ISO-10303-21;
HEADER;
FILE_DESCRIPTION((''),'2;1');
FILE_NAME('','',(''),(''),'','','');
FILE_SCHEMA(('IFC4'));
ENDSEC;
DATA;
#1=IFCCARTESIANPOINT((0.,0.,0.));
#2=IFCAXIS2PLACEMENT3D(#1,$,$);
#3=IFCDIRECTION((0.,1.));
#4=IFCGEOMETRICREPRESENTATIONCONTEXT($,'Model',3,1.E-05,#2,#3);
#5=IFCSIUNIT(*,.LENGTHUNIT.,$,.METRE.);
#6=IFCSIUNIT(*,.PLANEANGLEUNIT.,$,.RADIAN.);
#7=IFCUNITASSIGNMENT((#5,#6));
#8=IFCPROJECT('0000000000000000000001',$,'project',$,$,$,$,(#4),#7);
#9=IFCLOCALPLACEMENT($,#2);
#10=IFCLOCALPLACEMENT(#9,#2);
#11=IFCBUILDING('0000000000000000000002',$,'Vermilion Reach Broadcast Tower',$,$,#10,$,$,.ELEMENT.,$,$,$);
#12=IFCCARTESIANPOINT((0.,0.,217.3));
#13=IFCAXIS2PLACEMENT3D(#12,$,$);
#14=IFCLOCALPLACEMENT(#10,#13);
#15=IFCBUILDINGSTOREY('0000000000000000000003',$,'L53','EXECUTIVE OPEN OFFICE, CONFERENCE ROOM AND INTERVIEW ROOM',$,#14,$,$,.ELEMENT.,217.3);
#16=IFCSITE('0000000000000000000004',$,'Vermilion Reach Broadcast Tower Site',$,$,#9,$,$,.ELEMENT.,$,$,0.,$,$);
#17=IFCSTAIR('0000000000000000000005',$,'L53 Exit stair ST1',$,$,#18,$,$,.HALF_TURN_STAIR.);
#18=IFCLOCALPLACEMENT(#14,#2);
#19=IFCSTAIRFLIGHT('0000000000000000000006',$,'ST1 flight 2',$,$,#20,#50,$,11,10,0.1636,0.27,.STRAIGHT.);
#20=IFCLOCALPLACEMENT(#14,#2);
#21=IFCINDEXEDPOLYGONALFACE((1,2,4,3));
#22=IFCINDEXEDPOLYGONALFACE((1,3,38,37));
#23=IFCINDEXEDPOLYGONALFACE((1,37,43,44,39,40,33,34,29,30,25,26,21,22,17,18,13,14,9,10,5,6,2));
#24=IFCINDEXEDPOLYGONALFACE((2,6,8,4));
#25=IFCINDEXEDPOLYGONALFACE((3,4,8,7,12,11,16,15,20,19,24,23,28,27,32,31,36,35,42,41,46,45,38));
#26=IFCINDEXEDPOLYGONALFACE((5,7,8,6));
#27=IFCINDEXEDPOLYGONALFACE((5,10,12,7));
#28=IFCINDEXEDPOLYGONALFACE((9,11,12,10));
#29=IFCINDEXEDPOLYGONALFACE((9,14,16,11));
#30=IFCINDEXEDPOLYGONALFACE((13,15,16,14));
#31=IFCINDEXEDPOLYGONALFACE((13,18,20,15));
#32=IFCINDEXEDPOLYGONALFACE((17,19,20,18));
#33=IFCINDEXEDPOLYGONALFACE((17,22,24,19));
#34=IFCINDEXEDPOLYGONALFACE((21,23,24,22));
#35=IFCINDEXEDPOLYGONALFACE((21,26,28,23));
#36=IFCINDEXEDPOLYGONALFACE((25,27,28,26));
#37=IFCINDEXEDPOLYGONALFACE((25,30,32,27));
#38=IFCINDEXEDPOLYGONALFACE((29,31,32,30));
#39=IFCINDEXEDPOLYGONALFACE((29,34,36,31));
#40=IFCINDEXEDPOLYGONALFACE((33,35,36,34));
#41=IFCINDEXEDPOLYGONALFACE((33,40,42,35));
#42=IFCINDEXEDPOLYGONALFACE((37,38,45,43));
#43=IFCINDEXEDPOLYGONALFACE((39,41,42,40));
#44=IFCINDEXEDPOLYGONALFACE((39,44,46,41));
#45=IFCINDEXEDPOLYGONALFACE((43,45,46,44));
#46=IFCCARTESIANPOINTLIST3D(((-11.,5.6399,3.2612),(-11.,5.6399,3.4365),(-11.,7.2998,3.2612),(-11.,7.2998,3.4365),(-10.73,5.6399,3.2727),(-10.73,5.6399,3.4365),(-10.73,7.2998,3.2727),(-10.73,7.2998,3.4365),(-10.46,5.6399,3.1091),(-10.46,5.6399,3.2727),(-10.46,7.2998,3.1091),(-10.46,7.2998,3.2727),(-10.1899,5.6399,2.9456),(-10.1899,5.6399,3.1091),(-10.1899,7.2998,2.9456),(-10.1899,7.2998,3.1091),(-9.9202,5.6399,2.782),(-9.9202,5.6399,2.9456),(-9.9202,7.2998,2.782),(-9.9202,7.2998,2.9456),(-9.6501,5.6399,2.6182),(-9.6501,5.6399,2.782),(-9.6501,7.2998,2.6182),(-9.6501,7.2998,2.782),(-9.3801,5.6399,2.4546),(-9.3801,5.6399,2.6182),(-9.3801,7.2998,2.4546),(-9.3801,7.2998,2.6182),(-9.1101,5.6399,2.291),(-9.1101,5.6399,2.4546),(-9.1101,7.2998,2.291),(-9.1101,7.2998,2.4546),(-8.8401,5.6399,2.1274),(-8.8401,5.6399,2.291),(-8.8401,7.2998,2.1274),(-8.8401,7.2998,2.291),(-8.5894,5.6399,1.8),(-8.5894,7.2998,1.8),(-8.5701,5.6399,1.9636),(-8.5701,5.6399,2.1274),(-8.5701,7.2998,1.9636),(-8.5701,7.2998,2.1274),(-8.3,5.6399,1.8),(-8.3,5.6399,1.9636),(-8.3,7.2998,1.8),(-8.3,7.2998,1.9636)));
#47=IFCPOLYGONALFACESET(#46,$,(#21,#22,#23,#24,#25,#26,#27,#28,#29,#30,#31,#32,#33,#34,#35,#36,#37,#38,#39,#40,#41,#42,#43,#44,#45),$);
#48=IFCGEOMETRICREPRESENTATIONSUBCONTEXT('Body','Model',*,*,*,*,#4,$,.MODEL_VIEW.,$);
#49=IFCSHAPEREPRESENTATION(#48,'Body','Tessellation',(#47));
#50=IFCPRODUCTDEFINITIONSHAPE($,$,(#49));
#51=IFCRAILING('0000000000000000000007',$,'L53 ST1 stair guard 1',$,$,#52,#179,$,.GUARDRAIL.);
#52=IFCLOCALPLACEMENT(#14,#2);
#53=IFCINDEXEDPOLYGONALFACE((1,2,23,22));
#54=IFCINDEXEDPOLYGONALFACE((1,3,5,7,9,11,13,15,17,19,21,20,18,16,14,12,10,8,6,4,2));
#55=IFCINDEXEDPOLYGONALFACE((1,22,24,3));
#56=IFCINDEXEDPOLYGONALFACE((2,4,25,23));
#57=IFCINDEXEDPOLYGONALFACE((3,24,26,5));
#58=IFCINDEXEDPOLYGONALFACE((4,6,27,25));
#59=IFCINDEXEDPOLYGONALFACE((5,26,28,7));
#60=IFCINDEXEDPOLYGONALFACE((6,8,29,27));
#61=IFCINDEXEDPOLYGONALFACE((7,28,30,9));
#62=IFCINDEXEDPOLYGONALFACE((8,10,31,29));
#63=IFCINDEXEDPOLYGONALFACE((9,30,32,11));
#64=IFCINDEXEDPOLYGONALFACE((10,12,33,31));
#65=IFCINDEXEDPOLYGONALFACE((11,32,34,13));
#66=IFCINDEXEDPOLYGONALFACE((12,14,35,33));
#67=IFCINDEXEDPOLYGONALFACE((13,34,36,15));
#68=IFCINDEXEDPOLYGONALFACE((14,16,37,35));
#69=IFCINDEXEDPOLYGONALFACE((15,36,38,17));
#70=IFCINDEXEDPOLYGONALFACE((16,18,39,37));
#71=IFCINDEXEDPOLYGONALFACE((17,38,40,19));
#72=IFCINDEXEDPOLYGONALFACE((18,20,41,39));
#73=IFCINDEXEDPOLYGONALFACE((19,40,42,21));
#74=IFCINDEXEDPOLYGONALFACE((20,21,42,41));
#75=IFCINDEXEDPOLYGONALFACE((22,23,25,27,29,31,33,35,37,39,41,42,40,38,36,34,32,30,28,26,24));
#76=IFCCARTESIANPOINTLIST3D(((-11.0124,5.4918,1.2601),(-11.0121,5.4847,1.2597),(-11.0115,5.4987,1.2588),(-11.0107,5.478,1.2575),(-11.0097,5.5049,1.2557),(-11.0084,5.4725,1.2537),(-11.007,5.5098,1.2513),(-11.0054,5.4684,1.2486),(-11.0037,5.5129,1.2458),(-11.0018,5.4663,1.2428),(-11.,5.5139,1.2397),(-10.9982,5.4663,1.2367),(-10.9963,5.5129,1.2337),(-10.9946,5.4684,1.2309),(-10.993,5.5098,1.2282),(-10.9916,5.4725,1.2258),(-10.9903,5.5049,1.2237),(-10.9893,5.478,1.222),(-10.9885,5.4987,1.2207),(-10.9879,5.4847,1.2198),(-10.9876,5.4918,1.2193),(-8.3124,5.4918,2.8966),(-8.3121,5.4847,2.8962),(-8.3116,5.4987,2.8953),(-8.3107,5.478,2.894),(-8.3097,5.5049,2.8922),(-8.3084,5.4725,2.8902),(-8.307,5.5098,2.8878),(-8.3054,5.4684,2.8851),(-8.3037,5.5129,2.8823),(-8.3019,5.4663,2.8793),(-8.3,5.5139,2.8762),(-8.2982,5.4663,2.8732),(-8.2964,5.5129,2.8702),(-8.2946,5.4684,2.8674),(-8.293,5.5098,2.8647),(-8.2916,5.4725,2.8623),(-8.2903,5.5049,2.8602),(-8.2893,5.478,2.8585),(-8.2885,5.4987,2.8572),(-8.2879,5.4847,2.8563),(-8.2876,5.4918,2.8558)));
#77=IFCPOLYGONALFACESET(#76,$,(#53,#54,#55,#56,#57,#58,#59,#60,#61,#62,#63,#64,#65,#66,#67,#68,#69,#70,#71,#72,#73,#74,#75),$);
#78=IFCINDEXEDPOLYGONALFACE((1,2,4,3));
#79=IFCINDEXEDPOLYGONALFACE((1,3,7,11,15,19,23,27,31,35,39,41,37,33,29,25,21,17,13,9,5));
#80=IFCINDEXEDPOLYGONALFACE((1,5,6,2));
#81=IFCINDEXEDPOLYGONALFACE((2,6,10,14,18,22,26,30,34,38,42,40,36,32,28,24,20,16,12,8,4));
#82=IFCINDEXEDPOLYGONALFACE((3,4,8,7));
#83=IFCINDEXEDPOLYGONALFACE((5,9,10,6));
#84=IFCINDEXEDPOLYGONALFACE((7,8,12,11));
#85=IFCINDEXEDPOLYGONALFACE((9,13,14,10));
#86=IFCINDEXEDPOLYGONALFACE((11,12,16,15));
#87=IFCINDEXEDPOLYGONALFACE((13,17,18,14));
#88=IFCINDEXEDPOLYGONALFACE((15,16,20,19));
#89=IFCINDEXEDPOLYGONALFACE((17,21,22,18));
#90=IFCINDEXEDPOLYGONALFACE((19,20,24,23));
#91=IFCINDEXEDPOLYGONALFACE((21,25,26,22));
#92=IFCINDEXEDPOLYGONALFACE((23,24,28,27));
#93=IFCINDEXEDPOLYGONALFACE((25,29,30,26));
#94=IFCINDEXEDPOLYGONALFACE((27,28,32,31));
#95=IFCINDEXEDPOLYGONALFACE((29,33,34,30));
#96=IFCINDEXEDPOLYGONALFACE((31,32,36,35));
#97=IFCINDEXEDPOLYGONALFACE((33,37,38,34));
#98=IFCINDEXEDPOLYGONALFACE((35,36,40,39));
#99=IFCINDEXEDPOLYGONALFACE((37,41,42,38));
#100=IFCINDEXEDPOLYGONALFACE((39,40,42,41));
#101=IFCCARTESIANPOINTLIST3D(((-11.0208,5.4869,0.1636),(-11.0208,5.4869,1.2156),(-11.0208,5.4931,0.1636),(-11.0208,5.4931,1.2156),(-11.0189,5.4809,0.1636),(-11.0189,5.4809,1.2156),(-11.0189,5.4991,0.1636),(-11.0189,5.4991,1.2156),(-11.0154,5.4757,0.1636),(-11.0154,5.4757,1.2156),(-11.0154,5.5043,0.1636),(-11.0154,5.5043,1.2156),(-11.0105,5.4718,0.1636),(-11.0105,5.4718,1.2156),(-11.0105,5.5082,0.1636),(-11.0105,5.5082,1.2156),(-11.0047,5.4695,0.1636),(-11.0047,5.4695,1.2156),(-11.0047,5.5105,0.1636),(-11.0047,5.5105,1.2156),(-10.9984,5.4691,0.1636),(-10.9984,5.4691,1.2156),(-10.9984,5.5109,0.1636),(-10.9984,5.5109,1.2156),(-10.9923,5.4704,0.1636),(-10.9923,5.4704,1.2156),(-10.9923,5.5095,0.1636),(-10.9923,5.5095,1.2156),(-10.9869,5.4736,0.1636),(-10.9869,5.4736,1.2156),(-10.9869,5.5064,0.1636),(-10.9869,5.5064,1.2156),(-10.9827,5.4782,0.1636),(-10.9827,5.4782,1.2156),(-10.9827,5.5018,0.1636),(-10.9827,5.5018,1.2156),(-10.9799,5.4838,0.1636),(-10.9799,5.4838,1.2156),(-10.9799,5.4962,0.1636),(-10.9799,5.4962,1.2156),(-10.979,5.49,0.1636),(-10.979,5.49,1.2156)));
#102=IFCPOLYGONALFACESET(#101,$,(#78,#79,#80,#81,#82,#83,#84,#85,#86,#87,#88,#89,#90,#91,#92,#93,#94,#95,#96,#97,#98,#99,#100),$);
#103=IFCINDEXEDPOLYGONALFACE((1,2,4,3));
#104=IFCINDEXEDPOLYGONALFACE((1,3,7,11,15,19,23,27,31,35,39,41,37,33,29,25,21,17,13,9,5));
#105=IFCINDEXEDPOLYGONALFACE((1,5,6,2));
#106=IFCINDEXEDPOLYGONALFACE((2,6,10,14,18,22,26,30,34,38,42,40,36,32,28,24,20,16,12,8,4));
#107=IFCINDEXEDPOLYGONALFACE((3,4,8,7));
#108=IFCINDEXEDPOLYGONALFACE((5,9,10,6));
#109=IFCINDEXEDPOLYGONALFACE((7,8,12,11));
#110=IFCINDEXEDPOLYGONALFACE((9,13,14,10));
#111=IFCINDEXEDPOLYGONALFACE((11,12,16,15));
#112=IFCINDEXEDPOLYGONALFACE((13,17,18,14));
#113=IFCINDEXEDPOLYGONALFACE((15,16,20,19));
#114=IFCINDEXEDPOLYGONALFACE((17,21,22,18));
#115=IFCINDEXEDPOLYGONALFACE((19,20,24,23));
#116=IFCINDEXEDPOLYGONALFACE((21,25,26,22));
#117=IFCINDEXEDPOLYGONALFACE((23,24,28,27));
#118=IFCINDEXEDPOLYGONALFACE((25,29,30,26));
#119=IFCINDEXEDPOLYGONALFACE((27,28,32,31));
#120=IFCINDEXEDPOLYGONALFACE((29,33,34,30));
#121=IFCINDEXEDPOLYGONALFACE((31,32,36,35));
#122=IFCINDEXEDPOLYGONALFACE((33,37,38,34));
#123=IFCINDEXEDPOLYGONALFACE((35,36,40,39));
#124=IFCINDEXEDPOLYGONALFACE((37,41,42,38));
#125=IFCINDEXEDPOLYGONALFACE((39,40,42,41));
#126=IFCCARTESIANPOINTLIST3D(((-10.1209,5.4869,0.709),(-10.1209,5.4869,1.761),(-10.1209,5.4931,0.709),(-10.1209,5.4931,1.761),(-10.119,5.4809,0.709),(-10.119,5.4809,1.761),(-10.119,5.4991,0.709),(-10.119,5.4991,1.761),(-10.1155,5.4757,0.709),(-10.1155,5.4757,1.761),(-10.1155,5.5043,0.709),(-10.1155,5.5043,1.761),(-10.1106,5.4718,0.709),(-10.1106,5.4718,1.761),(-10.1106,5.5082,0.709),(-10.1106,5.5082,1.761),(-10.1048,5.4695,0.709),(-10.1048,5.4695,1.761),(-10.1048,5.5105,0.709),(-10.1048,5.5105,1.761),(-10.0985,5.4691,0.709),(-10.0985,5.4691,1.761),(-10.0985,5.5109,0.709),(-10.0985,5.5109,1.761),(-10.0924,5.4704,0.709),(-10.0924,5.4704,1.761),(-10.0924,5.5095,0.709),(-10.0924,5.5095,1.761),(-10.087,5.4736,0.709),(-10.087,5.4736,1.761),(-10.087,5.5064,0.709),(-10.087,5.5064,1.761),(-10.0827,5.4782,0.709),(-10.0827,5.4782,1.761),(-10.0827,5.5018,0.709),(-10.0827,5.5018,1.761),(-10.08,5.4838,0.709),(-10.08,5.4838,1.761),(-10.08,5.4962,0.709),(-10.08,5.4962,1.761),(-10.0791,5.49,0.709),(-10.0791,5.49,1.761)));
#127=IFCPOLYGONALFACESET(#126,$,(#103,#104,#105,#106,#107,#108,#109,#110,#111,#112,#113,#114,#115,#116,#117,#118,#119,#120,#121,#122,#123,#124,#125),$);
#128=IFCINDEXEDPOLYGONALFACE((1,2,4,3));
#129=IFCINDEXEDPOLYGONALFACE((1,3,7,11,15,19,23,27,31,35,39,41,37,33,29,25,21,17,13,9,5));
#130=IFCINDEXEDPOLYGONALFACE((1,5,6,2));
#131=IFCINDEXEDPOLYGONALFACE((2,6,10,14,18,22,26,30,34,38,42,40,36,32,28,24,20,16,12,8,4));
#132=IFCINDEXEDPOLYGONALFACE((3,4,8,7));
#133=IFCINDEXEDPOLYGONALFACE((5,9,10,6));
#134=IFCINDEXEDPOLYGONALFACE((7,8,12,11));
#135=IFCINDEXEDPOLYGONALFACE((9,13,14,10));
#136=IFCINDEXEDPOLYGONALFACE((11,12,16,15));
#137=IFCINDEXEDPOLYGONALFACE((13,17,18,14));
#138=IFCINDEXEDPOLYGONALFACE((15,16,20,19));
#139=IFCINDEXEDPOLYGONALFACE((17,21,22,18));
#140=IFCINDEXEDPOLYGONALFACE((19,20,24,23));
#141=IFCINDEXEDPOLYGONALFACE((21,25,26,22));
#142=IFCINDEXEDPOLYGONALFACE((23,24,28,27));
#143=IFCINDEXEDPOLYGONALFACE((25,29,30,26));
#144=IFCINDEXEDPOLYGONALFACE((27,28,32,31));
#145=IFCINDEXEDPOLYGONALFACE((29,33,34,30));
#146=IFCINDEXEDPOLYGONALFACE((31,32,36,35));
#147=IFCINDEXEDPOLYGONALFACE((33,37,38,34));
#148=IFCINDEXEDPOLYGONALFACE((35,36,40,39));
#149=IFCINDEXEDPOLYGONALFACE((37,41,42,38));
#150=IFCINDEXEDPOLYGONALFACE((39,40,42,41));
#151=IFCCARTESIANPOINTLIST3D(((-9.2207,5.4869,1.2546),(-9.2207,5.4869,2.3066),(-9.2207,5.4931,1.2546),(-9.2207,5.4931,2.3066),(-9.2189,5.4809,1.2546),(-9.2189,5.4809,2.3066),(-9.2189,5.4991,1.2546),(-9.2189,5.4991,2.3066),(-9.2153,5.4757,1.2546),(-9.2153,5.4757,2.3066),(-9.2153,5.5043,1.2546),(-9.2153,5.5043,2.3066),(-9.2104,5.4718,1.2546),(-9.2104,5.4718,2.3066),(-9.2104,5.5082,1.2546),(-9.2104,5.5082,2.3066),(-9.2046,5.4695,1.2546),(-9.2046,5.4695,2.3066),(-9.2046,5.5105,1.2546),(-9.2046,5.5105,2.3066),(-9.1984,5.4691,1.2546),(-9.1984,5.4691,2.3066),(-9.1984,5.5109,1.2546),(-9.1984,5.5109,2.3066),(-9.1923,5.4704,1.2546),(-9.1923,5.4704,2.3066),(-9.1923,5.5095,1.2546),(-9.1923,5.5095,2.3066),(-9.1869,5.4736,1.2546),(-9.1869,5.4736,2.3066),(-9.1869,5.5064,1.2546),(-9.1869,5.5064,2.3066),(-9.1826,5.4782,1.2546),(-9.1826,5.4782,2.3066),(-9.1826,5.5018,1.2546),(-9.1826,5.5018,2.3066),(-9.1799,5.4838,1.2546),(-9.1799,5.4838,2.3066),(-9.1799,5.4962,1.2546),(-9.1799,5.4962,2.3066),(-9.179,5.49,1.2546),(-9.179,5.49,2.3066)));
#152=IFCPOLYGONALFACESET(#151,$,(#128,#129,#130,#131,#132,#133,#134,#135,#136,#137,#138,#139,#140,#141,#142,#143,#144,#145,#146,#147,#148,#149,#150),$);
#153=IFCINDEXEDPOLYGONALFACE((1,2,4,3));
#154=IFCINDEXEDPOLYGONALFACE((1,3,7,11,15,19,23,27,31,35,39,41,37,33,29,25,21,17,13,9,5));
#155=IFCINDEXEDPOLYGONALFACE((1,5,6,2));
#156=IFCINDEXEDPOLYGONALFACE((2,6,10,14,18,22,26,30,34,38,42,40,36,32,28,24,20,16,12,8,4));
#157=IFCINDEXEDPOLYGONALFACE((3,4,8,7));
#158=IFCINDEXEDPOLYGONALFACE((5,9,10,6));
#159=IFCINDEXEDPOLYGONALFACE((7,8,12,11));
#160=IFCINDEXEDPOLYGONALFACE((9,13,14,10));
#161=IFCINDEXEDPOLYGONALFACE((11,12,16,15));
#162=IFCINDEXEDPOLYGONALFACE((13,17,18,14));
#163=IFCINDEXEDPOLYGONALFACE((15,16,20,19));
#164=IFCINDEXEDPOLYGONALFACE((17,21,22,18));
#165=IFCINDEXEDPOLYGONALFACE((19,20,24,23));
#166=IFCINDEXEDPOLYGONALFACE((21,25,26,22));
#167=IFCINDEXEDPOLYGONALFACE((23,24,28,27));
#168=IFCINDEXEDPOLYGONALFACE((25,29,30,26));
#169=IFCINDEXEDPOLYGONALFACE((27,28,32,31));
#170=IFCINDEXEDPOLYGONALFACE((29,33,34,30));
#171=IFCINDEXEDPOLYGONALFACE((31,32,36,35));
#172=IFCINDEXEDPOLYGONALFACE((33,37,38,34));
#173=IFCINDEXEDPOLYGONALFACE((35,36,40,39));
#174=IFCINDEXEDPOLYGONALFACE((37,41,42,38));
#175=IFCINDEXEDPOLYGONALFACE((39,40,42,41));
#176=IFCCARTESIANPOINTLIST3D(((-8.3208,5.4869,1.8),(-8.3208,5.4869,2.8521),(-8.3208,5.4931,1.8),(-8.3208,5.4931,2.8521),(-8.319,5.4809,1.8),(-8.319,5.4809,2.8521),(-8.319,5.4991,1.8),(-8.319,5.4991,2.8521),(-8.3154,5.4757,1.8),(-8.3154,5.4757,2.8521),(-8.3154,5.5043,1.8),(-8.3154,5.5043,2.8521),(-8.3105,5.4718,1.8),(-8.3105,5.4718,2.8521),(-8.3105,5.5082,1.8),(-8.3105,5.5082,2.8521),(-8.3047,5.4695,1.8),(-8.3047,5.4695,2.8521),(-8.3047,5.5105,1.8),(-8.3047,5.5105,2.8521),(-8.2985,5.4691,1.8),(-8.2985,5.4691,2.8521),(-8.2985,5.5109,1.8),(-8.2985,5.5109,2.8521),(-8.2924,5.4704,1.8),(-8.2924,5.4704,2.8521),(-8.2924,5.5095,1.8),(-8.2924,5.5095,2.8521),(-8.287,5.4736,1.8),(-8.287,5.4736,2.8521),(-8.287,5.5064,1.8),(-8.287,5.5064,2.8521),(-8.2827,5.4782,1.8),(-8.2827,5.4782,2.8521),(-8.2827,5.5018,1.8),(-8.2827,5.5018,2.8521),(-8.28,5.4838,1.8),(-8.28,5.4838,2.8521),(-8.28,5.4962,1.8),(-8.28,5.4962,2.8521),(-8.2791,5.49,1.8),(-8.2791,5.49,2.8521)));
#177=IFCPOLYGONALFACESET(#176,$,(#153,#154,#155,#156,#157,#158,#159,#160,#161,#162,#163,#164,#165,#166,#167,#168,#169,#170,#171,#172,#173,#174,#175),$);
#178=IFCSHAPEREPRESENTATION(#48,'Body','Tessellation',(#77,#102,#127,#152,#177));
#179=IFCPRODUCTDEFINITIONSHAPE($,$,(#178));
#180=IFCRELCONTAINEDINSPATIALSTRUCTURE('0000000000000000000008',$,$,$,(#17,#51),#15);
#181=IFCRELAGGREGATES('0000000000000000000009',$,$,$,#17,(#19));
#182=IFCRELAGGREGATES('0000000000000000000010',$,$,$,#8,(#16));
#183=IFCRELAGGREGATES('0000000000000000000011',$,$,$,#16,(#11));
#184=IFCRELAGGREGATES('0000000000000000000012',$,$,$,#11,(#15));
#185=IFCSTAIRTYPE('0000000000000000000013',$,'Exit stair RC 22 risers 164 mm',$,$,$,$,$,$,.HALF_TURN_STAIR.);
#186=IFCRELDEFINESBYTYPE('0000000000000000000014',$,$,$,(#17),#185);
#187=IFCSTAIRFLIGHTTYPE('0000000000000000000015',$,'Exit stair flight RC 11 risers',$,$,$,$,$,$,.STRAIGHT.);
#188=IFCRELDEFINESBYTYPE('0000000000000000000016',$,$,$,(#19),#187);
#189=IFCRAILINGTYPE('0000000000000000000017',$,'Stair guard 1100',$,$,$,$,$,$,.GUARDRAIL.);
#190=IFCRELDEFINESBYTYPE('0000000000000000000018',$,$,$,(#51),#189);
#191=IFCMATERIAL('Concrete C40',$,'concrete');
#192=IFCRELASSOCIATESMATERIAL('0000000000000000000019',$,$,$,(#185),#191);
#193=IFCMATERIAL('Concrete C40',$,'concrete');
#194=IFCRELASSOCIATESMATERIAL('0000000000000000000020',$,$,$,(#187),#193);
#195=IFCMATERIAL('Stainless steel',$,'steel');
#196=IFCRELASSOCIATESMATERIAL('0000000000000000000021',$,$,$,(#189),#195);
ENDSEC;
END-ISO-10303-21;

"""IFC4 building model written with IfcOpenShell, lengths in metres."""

from ifc_helpers import new_model, si_unit, direction, frame, origin, origin_2d, place, context, subcontext, project, spatial, polyline, circle, outline, extrude, material, type_object, element, aggregate, save


model = new_model("IFC4")

# Units and contexts
model_context = context("Model", 3, precision=1e-05, world=origin(), true_north=direction((0.0, 1.0)))
body_context = subcontext(model_context, "Body", "Model", "MODEL_VIEW")
ifc_project = project(units=[si_unit("LENGTHUNIT", "METRE"), si_unit("PLANEANGLEUNIT", "RADIAN")], contexts=[model_context])

# Site, building, storey
site_placement = place(None, origin())
site = spatial("IfcSite", under=ifc_project, at=site_placement, Name="Vermilion Reach Broadcast Tower Site", CompositionType="ELEMENT", RefElevation=0.0)
building_placement = place(site_placement, origin())
building = spatial("IfcBuilding", under=site, at=building_placement, Name="Vermilion Reach Broadcast Tower", CompositionType="ELEMENT")
storey_placement = place(building_placement, frame((0.0, 0.0, 217.3)))
storey = spatial("IfcBuildingStorey", under=building, at=storey_placement, Name="L53", Description="EXECUTIVE OPEN OFFICE, CONFERENCE ROOM AND INTERVIEW ROOM", CompositionType="ELEMENT", Elevation=217.3)

# Stair, stair flight
ifc_material_1 = material(Name="Concrete C40", Category="concrete")
stair_type = type_object("IfcStairType", Name="Exit stair RC 22 risers 164 mm", PredefinedType="HALF_TURN_STAIR", material=ifc_material_1)
stair_placement = place(storey_placement, origin())
stair = element("IfcStair", 1, at=stair_placement, inside=storey, type_object=stair_type, Name="L53 Exit stair ST1", PredefinedType="HALF_TURN_STAIR")
ifc_material_2 = material(Name="Concrete C40", Category="concrete")
stair_flight_type = type_object("IfcStairFlightType", Name="Exit stair flight RC 11 risers", PredefinedType="STRAIGHT", material=ifc_material_2)
stair_flight_1_placement = place(storey_placement, frame((-8.3, 6.47, 1.8), z_axis=(0.0, 0.0, 1.0), x_axis=(-1.0, 0.0, 0.0)))
stair_flight_1 = element("IfcStairFlight", 2, at=stair_flight_1_placement, type_object=stair_flight_type, Name="ST1 flight 2", NumberOfRisers=11, NumberOfTreads=10, PredefinedType="STRAIGHT", RiserHeight=0.1636, TreadLength=0.27, context=body_context, shape_type="SweptSolid", body=[
    extrude(outline(polyline([(0.0, 0.0), (0.0, 0.1636), (0.27, 0.1636), (0.27, 0.3274), (0.54, 0.3274), (0.54, 0.491), (0.8101, 0.491), (0.8101, 0.6545), (1.0801, 0.6545), (1.0801, 0.8181), (1.3501, 0.8181), (1.3501, 0.9819), (1.6201, 0.9819), (1.6201, 1.1455), (1.8899, 1.1455), (1.8899, 1.3091), (2.1599, 1.3091), (2.1599, 1.4727), (2.4299, 1.4727), (2.4299, 1.6365), (2.7, 1.6365), (2.7, 1.8), (2.7, 1.4612), (0.2893, 0.0), (0.0, 0.0)])), frame((0.0, 0.8301, 0.0), z_axis=(0.0, -1.0, 0.0), x_axis=(1.0, 0.0, 0.0)), (0.0, 0.0, 1.0), 1.6599),
])
aggregate(stair, [stair_flight_1])

# Railing
ifc_material_3 = material(Name="Stainless steel", Category="steel")
railing_type_1 = type_object("IfcRailingType", Name="Stair guard 1100", PredefinedType="GUARDRAIL", material=ifc_material_3)
railing_1_placement = place(storey_placement, frame((-11.0, 5.49, 0.1636)))
element("IfcRailing", 3, at=railing_1_placement, inside=storey, type_object=railing_type_1, Name="L53 ST1 stair guard 1", PredefinedType="GUARDRAIL", context=body_context, shape_type="SweptSolid", body=[
    extrude(circle(Radius=0.0239, at=origin_2d()), frame((0.0, 0.0, 1.0762), z_axis=(0.855178, 0.0, 0.518334), x_axis=(0.0, 1.0, 0.0)), (0.0, 0.0, 1.0), 3.1572),
    extrude(circle(Radius=0.021, at=origin_2d()), origin(), (0.0, 0.0, 1.0), 1.052),
    extrude(circle(Radius=0.021, at=origin_2d()), frame((0.8999, 0.0, 0.5454)), (0.0, 0.0, 1.0), 1.052),
    extrude(circle(Radius=0.021, at=origin_2d()), frame((1.8, 0.0, 1.0911)), (0.0, 0.0, 1.0), 1.052),
    extrude(circle(Radius=0.021, at=origin_2d()), frame((2.7, 0.0, 1.6365)), (0.0, 0.0, 1.0), 1.052),
])

save(model, "model.ifc")
